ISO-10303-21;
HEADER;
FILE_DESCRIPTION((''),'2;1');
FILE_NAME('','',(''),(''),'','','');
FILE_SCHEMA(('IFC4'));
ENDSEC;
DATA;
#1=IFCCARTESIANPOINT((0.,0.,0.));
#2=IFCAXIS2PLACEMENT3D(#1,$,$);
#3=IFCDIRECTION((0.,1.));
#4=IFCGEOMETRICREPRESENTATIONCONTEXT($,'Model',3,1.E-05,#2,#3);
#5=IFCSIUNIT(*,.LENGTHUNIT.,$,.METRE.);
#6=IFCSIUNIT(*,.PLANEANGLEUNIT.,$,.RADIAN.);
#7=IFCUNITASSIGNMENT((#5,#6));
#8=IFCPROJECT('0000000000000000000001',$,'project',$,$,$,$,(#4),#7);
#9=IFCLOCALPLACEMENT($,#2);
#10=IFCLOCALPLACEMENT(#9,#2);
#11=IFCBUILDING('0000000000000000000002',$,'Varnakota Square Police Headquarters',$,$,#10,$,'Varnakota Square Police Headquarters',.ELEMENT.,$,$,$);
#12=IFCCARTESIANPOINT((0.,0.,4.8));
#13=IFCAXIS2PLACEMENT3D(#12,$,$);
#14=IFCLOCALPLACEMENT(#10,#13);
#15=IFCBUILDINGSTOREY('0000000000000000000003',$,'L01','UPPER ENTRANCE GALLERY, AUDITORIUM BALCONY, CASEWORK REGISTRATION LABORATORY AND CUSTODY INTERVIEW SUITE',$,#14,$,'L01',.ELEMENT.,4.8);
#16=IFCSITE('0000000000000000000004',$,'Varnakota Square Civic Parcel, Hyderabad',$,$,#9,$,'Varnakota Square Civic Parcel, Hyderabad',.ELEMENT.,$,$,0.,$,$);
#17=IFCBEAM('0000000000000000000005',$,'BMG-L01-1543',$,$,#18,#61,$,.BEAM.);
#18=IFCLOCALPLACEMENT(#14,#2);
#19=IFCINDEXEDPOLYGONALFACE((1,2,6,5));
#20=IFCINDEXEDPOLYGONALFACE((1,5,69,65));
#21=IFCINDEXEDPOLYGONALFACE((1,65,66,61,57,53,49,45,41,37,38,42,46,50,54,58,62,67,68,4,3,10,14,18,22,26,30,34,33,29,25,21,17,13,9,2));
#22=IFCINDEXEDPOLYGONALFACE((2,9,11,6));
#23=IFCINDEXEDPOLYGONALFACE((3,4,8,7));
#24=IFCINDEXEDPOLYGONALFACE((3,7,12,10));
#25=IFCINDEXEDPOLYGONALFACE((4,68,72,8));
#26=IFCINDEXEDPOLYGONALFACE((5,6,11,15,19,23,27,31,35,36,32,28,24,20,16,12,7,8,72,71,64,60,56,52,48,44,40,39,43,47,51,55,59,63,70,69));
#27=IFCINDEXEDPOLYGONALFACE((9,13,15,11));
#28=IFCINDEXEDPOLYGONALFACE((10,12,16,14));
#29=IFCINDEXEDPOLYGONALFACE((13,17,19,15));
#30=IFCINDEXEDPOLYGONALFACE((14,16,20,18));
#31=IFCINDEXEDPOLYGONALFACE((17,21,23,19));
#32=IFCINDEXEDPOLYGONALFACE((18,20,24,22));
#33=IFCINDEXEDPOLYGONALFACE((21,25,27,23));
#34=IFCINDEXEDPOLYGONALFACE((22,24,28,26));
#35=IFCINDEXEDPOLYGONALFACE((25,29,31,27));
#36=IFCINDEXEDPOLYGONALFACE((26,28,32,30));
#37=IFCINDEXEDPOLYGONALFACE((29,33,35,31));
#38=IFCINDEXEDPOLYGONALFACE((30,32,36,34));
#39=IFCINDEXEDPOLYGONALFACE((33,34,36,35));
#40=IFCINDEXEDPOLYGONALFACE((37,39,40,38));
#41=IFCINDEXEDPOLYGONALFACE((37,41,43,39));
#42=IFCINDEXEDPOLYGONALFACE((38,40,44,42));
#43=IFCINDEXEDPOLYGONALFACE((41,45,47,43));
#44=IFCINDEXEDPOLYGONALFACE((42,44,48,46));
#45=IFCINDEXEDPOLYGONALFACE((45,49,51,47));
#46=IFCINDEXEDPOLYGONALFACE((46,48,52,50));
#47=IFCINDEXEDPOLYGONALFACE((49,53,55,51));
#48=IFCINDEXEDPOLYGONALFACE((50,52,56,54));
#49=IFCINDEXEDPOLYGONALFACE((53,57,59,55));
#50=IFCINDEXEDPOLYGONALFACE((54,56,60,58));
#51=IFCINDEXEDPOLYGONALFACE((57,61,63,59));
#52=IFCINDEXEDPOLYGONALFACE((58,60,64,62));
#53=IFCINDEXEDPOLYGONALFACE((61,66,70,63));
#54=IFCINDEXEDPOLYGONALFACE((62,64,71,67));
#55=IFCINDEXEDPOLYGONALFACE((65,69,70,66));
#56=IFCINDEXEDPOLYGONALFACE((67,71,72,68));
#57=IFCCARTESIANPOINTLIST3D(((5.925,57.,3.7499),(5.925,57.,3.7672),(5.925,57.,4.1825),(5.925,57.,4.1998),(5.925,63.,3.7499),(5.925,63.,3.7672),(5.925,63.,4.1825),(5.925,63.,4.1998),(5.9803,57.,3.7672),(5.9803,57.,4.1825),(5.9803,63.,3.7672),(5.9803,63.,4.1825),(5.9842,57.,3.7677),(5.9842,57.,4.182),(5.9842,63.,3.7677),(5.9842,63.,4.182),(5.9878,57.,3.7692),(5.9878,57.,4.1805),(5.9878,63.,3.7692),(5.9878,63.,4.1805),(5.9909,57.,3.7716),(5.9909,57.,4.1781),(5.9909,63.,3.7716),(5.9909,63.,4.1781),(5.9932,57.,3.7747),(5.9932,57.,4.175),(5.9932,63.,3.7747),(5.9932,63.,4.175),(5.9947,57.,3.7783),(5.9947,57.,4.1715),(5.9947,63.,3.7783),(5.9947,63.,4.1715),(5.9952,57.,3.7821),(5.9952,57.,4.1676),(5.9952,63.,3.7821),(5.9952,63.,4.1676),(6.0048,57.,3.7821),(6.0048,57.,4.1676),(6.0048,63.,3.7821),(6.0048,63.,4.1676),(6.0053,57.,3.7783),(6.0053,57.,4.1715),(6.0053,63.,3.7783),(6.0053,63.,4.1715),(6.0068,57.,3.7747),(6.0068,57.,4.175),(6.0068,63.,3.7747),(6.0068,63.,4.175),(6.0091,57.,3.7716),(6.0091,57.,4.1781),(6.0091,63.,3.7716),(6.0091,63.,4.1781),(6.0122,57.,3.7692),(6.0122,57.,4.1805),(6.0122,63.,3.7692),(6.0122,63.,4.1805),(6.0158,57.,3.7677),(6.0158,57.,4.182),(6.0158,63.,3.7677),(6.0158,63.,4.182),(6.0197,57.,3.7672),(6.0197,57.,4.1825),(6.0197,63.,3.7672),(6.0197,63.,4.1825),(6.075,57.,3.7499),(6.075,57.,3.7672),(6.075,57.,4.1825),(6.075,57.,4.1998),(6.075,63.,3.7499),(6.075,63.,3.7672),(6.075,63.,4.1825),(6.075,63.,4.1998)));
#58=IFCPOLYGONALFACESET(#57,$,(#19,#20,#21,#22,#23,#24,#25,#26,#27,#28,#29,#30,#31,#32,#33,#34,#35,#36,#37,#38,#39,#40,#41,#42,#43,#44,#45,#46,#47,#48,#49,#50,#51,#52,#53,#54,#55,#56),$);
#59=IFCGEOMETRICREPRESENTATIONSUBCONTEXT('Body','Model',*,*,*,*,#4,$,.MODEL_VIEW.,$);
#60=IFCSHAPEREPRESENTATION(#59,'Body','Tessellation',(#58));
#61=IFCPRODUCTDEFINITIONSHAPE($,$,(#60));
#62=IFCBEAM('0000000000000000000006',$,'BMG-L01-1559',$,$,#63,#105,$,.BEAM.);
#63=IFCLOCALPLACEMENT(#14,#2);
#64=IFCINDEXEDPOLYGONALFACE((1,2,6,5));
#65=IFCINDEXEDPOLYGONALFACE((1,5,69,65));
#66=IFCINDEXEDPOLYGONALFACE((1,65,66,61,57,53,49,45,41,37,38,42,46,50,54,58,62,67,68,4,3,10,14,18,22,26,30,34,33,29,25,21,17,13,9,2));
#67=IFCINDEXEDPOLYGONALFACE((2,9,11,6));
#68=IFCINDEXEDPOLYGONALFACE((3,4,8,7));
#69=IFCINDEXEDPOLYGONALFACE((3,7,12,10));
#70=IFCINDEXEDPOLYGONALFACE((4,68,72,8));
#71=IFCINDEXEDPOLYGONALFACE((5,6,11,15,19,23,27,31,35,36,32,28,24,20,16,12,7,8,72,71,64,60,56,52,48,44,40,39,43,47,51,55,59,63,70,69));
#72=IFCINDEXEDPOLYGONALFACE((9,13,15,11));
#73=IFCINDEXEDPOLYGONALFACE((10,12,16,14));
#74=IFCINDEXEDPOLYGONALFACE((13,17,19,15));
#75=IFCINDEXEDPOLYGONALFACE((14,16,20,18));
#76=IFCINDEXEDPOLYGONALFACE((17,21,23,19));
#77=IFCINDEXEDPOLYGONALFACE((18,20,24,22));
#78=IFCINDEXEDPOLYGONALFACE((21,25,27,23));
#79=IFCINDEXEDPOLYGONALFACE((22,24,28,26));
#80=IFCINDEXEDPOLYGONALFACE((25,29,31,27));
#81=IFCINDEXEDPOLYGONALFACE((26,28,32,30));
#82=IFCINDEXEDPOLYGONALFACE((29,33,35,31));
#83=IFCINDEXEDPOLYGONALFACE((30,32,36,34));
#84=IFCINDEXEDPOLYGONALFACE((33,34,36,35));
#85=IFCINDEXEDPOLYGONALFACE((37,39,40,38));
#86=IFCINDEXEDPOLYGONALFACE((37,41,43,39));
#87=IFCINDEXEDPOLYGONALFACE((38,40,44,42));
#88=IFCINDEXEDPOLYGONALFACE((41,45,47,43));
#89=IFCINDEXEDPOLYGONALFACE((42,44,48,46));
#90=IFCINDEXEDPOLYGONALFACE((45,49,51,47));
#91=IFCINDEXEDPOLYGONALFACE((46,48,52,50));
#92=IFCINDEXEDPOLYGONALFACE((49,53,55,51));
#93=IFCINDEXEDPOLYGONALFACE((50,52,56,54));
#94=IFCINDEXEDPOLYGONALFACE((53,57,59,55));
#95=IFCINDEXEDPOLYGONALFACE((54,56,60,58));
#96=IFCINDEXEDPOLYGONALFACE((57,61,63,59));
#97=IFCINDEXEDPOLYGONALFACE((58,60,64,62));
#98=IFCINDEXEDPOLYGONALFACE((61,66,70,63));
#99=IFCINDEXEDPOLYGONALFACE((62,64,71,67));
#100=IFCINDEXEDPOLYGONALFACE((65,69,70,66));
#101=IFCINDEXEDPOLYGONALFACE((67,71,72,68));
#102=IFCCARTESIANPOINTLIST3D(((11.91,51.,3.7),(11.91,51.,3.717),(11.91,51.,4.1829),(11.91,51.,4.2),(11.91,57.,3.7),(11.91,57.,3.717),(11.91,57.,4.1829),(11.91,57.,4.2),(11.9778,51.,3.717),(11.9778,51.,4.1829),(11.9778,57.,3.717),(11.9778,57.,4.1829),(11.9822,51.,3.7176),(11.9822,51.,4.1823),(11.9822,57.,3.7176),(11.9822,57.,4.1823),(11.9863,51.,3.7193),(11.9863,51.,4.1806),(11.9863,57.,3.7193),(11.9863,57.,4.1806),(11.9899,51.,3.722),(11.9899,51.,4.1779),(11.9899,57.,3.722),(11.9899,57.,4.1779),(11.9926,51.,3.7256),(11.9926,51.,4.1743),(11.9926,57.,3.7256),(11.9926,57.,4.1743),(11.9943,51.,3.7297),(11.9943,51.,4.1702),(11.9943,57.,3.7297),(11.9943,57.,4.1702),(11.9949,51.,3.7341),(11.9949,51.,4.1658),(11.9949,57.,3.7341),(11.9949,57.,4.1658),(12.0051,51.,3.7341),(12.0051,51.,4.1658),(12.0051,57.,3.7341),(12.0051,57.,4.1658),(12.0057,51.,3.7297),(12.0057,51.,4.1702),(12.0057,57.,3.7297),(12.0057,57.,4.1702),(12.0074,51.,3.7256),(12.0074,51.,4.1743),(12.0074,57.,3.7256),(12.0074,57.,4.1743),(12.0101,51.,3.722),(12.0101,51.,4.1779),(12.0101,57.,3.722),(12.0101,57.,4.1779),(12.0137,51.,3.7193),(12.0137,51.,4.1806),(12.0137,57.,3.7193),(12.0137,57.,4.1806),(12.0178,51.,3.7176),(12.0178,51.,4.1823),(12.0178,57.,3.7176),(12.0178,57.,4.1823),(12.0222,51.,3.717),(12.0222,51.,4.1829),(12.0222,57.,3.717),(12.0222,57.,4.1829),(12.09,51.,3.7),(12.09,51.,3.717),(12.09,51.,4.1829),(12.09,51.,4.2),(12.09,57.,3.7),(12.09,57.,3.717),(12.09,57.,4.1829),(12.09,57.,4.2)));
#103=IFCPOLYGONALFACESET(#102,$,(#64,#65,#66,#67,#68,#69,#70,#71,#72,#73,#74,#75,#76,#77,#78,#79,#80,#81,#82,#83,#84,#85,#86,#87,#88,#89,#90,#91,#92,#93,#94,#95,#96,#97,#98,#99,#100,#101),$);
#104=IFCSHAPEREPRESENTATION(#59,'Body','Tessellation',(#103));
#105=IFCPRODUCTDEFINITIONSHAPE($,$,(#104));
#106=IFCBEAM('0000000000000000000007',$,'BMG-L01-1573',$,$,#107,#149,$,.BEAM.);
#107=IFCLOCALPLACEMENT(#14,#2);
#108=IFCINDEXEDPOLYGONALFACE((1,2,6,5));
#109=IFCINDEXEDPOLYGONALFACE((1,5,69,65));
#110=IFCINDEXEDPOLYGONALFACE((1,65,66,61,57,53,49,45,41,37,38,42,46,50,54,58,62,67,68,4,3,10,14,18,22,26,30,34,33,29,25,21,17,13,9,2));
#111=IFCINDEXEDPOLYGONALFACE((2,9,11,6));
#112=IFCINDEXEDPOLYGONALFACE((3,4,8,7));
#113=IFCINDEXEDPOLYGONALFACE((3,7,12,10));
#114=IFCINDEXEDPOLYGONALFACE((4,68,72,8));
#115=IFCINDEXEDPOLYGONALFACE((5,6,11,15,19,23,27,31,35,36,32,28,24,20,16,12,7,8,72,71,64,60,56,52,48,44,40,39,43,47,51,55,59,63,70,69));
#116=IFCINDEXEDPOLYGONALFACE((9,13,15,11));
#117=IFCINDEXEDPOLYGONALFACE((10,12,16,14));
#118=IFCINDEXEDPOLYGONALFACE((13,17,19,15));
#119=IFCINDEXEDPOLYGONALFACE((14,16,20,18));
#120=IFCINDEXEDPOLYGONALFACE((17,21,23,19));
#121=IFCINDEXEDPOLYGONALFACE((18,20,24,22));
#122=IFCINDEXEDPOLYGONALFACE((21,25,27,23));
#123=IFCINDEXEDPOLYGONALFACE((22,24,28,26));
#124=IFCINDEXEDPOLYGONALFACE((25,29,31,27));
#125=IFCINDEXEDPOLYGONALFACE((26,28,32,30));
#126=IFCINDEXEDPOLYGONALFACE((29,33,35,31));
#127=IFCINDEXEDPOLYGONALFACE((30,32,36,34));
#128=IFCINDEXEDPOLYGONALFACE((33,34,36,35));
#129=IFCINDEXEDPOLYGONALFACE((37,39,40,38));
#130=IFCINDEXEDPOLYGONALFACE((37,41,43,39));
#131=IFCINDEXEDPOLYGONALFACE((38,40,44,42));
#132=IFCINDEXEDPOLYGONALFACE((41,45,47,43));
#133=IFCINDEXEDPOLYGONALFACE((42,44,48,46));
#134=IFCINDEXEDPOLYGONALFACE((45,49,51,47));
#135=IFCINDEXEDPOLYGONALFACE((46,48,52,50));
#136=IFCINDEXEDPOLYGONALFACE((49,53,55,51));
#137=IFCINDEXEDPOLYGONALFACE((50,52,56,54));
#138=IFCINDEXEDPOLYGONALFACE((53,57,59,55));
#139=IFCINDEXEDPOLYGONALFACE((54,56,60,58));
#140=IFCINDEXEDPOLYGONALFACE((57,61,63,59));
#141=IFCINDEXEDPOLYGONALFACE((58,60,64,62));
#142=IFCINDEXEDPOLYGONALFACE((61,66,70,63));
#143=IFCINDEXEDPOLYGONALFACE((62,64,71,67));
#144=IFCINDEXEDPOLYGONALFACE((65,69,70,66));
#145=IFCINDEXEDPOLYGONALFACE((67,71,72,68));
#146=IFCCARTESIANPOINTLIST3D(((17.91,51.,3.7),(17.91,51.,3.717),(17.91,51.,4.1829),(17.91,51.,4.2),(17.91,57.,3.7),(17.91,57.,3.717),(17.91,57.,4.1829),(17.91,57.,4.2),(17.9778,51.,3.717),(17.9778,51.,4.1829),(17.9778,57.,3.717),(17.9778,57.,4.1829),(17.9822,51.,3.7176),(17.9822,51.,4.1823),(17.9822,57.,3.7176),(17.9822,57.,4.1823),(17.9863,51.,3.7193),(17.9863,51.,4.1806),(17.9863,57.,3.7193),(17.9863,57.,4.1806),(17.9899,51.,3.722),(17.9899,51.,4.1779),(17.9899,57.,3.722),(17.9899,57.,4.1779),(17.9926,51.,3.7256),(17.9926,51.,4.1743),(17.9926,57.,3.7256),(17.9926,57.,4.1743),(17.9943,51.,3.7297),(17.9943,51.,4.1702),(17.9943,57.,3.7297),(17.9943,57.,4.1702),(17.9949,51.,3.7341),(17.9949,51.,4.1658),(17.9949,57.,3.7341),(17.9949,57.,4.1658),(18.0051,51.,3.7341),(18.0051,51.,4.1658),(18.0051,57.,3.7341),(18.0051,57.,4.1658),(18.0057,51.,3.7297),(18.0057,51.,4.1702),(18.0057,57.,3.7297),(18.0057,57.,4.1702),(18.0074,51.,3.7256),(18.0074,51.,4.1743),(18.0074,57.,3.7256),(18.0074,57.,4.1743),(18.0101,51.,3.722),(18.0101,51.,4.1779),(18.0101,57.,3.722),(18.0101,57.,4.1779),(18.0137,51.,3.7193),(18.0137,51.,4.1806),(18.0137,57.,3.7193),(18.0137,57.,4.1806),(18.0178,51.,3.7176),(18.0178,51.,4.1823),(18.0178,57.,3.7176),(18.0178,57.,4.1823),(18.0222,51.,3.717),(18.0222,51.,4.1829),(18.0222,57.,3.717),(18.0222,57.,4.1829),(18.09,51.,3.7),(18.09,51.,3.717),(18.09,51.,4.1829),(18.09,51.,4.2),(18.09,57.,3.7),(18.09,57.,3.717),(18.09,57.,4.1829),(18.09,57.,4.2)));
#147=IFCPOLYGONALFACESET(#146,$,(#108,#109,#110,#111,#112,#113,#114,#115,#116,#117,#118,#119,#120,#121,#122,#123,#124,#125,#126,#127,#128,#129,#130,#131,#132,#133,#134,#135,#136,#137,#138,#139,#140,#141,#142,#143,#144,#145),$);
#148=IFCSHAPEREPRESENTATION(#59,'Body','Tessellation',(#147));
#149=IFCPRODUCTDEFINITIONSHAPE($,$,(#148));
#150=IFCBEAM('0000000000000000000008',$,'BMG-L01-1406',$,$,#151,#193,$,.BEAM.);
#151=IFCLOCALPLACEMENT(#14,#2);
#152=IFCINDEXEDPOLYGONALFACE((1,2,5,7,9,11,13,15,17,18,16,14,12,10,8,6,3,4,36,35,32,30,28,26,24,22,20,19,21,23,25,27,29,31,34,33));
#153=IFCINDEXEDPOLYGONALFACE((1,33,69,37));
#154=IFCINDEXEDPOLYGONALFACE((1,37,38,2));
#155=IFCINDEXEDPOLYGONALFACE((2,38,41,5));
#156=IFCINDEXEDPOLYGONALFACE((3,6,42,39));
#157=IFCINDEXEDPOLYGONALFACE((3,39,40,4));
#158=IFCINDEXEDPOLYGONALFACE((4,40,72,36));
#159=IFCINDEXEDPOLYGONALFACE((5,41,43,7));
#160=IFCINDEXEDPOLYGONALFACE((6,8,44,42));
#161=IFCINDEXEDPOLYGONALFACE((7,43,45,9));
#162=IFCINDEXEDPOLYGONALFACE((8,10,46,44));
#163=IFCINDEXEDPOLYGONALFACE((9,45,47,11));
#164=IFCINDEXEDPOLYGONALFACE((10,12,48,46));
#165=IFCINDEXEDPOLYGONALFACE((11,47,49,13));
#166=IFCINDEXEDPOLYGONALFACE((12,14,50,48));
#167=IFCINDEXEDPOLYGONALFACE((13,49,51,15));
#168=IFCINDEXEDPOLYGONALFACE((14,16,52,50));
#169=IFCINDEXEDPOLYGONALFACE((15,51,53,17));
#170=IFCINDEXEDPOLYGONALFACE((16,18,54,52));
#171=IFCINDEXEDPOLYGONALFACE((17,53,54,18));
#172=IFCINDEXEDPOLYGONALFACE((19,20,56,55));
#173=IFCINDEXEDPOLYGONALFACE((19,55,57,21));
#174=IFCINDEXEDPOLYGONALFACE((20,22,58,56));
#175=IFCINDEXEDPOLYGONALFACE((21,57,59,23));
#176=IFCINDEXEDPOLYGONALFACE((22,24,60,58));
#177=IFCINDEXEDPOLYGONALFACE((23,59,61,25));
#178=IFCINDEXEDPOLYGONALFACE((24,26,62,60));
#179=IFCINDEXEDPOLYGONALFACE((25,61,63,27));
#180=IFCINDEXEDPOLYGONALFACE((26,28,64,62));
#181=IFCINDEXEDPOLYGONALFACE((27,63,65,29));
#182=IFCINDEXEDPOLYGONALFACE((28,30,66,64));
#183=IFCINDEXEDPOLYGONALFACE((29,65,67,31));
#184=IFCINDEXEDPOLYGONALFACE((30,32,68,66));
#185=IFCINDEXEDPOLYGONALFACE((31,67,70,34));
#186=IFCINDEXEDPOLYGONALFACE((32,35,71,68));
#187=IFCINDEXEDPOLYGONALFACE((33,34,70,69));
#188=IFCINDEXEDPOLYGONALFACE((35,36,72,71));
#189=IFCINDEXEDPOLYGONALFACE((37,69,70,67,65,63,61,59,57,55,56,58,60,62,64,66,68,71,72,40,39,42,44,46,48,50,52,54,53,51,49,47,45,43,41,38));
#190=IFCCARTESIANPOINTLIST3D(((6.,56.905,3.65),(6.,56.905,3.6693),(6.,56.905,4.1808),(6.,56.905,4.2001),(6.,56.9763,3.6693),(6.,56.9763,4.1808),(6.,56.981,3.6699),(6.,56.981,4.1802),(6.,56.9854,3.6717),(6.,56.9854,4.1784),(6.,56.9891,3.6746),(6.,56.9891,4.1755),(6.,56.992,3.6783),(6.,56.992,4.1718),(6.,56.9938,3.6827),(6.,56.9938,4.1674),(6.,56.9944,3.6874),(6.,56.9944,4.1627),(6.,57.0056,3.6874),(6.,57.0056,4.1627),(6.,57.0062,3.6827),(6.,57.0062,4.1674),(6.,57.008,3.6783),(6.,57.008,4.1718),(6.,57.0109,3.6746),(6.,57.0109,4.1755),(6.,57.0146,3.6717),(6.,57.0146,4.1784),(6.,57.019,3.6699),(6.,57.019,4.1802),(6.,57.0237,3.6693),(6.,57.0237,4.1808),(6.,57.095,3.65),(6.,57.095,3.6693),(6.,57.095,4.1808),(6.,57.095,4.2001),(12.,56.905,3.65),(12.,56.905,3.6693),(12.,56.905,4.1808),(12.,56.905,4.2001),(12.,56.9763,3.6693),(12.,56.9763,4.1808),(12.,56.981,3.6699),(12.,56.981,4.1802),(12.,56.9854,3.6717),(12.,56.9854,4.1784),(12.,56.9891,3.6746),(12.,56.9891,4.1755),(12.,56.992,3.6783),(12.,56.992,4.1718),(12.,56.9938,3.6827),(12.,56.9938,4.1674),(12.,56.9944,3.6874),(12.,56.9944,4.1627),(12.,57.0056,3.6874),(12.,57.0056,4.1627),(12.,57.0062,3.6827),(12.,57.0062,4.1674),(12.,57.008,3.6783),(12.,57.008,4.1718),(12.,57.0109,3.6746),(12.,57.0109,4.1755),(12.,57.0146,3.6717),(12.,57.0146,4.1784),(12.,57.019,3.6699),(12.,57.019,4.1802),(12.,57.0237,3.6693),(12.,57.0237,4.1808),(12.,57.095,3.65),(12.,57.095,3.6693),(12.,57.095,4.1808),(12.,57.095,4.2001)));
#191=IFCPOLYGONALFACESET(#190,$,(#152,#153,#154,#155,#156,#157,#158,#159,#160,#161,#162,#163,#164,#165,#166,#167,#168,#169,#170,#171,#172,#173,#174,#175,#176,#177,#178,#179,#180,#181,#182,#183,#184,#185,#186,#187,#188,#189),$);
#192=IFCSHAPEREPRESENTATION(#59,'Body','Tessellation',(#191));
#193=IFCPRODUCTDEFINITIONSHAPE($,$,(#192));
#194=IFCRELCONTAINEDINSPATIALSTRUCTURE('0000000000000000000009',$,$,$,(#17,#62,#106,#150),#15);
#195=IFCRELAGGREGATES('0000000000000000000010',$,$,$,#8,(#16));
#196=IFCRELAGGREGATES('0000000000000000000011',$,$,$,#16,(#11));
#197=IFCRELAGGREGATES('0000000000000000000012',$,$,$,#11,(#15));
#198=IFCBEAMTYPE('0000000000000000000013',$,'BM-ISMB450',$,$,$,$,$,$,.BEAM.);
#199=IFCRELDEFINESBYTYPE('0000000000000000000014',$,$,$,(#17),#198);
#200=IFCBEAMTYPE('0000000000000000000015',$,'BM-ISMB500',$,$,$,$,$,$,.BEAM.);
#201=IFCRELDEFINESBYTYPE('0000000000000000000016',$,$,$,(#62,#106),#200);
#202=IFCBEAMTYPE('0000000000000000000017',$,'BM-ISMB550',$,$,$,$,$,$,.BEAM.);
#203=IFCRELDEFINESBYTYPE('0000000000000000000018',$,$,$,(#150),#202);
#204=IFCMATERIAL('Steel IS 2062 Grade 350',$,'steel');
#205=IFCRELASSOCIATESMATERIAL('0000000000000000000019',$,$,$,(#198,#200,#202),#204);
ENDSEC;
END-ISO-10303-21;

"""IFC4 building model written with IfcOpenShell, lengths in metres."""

from ifc_helpers import new_model, si_unit, direction, frame, origin, origin_2d, place, context, subcontext, project, spatial, i_section, extrude, material, material_profile, profile_set, type_object, element, save


model = new_model("IFC4")

# Units and contexts
model_context = context("Model", 3, precision=1e-05, world=origin(), true_north=direction((0.0, 1.0)))
body_context = subcontext(model_context, "Body", "Model", "MODEL_VIEW")
ifc_project = project(units=[si_unit("LENGTHUNIT", "METRE"), si_unit("PLANEANGLEUNIT", "RADIAN")], contexts=[model_context])

# Site, building, storey
site_placement = place(None, origin())
site = spatial("IfcSite", under=ifc_project, at=site_placement, Name="Varnakota Square Civic Parcel, Hyderabad", LongName="Varnakota Square Civic Parcel, Hyderabad", CompositionType="ELEMENT", RefElevation=0.0)
building_placement = place(site_placement, origin())
building = spatial("IfcBuilding", under=site, at=building_placement, Name="Varnakota Square Police Headquarters", LongName="Varnakota Square Police Headquarters", CompositionType="ELEMENT")
storey_placement = place(building_placement, frame((0.0, 0.0, 4.8)))
storey = spatial("IfcBuildingStorey", under=building, at=storey_placement, Name="L01", Description="UPPER ENTRANCE GALLERY, AUDITORIUM BALCONY, CASEWORK REGISTRATION LABORATORY AND CUSTODY INTERVIEW SUITE", LongName="L01", CompositionType="ELEMENT", Elevation=4.8)

# Shared definitions
ifc_material_1 = material(Name="Steel IS 2062 Grade 350", Category="steel")

# Beams
ifc_material_profile_1 = material_profile(ifc_material_1, i_section(OverallWidth=0.1499, OverallDepth=0.45, WebThickness=0.0095, FlangeThickness=0.0173, FilletRadius=0.0149, at=origin_2d()), Name="ISMB 450")
ifc_profile_set_1 = profile_set([ifc_material_profile_1], Name="Steel IS 2062 Grade 350")
beam_type_1 = type_object("IfcBeamType", Name="BM-ISMB450", PredefinedType="BEAM", material=ifc_profile_set_1)
beam_1_placement = place(storey_placement, frame((6.0, 57.0, 3.9749), z_axis=(0.0, 1.0, 0.0), x_axis=(-1.0, 0.0, 0.0)))
element("IfcBeam", 1, at=beam_1_placement, inside=storey, type_object=beam_type_1, Name="BMG-L01-1543", PredefinedType="BEAM", context=body_context, shape_type="SweptSolid", body=[
    extrude(i_section(OverallWidth=0.1499, OverallDepth=0.45, WebThickness=0.0095, FlangeThickness=0.0173, FilletRadius=0.0149, at=origin_2d()), origin(), (0.0, 0.0, 1.0), 6.0),
])
ifc_material_profile_2 = material_profile(ifc_material_1, i_section(OverallWidth=0.1799, OverallDepth=0.5, WebThickness=0.0103, FlangeThickness=0.0171, FilletRadius=0.0171, at=origin_2d()), Name="ISMB 500")
ifc_profile_set_2 = profile_set([ifc_material_profile_2], Name="Steel IS 2062 Grade 350")
beam_type_2 = type_object("IfcBeamType", Name="BM-ISMB500", PredefinedType="BEAM", material=ifc_profile_set_2)
for number, where, z_axis, x_axis, name in (
    (2, (12.0, 51.0, 3.95), (0.0, 1.0, 0.0), (-1.0, 0.0, 0.0), "BMG-L01-1559"),
    (3, (18.0, 51.0, 3.95), (0.0, 1.0, 0.0), (-1.0, 0.0, 0.0), "BMG-L01-1573"),
):
    element("IfcBeam", number, at=place(storey_placement, frame(where, z_axis=z_axis, x_axis=x_axis)), inside=storey, type_object=beam_type_2, Name=name, PredefinedType="BEAM", context=body_context, shape_type="SweptSolid", body=[
        extrude(i_section(OverallWidth=0.1799, OverallDepth=0.5, WebThickness=0.0103, FlangeThickness=0.0171, FilletRadius=0.0171, at=origin_2d()), origin(), (0.0, 0.0, 1.0), 6.0),
    ])
ifc_material_profile_3 = material_profile(ifc_material_1, i_section(OverallWidth=0.1899, OverallDepth=0.55, WebThickness=0.0112, FlangeThickness=0.0193, FilletRadius=0.0181, at=origin_2d()), Name="ISMB 550")
ifc_profile_set_3 = profile_set([ifc_material_profile_3], Name="Steel IS 2062 Grade 350")
beam_type_3 = type_object("IfcBeamType", Name="BM-ISMB550", PredefinedType="BEAM", material=ifc_profile_set_3)
beam_2_placement = place(storey_placement, frame((6.0, 57.0, 3.925), z_axis=(1.0, 0.0, 0.0), x_axis=(0.0, 1.0, 0.0)))
element("IfcBeam", 4, at=beam_2_placement, inside=storey, type_object=beam_type_3, Name="BMG-L01-1406", PredefinedType="BEAM", context=body_context, shape_type="SweptSolid", body=[
    extrude(i_section(OverallWidth=0.1899, OverallDepth=0.55, WebThickness=0.0112, FlangeThickness=0.0193, FilletRadius=0.0181, at=origin_2d()), origin(), (0.0, 0.0, 1.0), 6.0),
])

save(model, "model.ifc")
